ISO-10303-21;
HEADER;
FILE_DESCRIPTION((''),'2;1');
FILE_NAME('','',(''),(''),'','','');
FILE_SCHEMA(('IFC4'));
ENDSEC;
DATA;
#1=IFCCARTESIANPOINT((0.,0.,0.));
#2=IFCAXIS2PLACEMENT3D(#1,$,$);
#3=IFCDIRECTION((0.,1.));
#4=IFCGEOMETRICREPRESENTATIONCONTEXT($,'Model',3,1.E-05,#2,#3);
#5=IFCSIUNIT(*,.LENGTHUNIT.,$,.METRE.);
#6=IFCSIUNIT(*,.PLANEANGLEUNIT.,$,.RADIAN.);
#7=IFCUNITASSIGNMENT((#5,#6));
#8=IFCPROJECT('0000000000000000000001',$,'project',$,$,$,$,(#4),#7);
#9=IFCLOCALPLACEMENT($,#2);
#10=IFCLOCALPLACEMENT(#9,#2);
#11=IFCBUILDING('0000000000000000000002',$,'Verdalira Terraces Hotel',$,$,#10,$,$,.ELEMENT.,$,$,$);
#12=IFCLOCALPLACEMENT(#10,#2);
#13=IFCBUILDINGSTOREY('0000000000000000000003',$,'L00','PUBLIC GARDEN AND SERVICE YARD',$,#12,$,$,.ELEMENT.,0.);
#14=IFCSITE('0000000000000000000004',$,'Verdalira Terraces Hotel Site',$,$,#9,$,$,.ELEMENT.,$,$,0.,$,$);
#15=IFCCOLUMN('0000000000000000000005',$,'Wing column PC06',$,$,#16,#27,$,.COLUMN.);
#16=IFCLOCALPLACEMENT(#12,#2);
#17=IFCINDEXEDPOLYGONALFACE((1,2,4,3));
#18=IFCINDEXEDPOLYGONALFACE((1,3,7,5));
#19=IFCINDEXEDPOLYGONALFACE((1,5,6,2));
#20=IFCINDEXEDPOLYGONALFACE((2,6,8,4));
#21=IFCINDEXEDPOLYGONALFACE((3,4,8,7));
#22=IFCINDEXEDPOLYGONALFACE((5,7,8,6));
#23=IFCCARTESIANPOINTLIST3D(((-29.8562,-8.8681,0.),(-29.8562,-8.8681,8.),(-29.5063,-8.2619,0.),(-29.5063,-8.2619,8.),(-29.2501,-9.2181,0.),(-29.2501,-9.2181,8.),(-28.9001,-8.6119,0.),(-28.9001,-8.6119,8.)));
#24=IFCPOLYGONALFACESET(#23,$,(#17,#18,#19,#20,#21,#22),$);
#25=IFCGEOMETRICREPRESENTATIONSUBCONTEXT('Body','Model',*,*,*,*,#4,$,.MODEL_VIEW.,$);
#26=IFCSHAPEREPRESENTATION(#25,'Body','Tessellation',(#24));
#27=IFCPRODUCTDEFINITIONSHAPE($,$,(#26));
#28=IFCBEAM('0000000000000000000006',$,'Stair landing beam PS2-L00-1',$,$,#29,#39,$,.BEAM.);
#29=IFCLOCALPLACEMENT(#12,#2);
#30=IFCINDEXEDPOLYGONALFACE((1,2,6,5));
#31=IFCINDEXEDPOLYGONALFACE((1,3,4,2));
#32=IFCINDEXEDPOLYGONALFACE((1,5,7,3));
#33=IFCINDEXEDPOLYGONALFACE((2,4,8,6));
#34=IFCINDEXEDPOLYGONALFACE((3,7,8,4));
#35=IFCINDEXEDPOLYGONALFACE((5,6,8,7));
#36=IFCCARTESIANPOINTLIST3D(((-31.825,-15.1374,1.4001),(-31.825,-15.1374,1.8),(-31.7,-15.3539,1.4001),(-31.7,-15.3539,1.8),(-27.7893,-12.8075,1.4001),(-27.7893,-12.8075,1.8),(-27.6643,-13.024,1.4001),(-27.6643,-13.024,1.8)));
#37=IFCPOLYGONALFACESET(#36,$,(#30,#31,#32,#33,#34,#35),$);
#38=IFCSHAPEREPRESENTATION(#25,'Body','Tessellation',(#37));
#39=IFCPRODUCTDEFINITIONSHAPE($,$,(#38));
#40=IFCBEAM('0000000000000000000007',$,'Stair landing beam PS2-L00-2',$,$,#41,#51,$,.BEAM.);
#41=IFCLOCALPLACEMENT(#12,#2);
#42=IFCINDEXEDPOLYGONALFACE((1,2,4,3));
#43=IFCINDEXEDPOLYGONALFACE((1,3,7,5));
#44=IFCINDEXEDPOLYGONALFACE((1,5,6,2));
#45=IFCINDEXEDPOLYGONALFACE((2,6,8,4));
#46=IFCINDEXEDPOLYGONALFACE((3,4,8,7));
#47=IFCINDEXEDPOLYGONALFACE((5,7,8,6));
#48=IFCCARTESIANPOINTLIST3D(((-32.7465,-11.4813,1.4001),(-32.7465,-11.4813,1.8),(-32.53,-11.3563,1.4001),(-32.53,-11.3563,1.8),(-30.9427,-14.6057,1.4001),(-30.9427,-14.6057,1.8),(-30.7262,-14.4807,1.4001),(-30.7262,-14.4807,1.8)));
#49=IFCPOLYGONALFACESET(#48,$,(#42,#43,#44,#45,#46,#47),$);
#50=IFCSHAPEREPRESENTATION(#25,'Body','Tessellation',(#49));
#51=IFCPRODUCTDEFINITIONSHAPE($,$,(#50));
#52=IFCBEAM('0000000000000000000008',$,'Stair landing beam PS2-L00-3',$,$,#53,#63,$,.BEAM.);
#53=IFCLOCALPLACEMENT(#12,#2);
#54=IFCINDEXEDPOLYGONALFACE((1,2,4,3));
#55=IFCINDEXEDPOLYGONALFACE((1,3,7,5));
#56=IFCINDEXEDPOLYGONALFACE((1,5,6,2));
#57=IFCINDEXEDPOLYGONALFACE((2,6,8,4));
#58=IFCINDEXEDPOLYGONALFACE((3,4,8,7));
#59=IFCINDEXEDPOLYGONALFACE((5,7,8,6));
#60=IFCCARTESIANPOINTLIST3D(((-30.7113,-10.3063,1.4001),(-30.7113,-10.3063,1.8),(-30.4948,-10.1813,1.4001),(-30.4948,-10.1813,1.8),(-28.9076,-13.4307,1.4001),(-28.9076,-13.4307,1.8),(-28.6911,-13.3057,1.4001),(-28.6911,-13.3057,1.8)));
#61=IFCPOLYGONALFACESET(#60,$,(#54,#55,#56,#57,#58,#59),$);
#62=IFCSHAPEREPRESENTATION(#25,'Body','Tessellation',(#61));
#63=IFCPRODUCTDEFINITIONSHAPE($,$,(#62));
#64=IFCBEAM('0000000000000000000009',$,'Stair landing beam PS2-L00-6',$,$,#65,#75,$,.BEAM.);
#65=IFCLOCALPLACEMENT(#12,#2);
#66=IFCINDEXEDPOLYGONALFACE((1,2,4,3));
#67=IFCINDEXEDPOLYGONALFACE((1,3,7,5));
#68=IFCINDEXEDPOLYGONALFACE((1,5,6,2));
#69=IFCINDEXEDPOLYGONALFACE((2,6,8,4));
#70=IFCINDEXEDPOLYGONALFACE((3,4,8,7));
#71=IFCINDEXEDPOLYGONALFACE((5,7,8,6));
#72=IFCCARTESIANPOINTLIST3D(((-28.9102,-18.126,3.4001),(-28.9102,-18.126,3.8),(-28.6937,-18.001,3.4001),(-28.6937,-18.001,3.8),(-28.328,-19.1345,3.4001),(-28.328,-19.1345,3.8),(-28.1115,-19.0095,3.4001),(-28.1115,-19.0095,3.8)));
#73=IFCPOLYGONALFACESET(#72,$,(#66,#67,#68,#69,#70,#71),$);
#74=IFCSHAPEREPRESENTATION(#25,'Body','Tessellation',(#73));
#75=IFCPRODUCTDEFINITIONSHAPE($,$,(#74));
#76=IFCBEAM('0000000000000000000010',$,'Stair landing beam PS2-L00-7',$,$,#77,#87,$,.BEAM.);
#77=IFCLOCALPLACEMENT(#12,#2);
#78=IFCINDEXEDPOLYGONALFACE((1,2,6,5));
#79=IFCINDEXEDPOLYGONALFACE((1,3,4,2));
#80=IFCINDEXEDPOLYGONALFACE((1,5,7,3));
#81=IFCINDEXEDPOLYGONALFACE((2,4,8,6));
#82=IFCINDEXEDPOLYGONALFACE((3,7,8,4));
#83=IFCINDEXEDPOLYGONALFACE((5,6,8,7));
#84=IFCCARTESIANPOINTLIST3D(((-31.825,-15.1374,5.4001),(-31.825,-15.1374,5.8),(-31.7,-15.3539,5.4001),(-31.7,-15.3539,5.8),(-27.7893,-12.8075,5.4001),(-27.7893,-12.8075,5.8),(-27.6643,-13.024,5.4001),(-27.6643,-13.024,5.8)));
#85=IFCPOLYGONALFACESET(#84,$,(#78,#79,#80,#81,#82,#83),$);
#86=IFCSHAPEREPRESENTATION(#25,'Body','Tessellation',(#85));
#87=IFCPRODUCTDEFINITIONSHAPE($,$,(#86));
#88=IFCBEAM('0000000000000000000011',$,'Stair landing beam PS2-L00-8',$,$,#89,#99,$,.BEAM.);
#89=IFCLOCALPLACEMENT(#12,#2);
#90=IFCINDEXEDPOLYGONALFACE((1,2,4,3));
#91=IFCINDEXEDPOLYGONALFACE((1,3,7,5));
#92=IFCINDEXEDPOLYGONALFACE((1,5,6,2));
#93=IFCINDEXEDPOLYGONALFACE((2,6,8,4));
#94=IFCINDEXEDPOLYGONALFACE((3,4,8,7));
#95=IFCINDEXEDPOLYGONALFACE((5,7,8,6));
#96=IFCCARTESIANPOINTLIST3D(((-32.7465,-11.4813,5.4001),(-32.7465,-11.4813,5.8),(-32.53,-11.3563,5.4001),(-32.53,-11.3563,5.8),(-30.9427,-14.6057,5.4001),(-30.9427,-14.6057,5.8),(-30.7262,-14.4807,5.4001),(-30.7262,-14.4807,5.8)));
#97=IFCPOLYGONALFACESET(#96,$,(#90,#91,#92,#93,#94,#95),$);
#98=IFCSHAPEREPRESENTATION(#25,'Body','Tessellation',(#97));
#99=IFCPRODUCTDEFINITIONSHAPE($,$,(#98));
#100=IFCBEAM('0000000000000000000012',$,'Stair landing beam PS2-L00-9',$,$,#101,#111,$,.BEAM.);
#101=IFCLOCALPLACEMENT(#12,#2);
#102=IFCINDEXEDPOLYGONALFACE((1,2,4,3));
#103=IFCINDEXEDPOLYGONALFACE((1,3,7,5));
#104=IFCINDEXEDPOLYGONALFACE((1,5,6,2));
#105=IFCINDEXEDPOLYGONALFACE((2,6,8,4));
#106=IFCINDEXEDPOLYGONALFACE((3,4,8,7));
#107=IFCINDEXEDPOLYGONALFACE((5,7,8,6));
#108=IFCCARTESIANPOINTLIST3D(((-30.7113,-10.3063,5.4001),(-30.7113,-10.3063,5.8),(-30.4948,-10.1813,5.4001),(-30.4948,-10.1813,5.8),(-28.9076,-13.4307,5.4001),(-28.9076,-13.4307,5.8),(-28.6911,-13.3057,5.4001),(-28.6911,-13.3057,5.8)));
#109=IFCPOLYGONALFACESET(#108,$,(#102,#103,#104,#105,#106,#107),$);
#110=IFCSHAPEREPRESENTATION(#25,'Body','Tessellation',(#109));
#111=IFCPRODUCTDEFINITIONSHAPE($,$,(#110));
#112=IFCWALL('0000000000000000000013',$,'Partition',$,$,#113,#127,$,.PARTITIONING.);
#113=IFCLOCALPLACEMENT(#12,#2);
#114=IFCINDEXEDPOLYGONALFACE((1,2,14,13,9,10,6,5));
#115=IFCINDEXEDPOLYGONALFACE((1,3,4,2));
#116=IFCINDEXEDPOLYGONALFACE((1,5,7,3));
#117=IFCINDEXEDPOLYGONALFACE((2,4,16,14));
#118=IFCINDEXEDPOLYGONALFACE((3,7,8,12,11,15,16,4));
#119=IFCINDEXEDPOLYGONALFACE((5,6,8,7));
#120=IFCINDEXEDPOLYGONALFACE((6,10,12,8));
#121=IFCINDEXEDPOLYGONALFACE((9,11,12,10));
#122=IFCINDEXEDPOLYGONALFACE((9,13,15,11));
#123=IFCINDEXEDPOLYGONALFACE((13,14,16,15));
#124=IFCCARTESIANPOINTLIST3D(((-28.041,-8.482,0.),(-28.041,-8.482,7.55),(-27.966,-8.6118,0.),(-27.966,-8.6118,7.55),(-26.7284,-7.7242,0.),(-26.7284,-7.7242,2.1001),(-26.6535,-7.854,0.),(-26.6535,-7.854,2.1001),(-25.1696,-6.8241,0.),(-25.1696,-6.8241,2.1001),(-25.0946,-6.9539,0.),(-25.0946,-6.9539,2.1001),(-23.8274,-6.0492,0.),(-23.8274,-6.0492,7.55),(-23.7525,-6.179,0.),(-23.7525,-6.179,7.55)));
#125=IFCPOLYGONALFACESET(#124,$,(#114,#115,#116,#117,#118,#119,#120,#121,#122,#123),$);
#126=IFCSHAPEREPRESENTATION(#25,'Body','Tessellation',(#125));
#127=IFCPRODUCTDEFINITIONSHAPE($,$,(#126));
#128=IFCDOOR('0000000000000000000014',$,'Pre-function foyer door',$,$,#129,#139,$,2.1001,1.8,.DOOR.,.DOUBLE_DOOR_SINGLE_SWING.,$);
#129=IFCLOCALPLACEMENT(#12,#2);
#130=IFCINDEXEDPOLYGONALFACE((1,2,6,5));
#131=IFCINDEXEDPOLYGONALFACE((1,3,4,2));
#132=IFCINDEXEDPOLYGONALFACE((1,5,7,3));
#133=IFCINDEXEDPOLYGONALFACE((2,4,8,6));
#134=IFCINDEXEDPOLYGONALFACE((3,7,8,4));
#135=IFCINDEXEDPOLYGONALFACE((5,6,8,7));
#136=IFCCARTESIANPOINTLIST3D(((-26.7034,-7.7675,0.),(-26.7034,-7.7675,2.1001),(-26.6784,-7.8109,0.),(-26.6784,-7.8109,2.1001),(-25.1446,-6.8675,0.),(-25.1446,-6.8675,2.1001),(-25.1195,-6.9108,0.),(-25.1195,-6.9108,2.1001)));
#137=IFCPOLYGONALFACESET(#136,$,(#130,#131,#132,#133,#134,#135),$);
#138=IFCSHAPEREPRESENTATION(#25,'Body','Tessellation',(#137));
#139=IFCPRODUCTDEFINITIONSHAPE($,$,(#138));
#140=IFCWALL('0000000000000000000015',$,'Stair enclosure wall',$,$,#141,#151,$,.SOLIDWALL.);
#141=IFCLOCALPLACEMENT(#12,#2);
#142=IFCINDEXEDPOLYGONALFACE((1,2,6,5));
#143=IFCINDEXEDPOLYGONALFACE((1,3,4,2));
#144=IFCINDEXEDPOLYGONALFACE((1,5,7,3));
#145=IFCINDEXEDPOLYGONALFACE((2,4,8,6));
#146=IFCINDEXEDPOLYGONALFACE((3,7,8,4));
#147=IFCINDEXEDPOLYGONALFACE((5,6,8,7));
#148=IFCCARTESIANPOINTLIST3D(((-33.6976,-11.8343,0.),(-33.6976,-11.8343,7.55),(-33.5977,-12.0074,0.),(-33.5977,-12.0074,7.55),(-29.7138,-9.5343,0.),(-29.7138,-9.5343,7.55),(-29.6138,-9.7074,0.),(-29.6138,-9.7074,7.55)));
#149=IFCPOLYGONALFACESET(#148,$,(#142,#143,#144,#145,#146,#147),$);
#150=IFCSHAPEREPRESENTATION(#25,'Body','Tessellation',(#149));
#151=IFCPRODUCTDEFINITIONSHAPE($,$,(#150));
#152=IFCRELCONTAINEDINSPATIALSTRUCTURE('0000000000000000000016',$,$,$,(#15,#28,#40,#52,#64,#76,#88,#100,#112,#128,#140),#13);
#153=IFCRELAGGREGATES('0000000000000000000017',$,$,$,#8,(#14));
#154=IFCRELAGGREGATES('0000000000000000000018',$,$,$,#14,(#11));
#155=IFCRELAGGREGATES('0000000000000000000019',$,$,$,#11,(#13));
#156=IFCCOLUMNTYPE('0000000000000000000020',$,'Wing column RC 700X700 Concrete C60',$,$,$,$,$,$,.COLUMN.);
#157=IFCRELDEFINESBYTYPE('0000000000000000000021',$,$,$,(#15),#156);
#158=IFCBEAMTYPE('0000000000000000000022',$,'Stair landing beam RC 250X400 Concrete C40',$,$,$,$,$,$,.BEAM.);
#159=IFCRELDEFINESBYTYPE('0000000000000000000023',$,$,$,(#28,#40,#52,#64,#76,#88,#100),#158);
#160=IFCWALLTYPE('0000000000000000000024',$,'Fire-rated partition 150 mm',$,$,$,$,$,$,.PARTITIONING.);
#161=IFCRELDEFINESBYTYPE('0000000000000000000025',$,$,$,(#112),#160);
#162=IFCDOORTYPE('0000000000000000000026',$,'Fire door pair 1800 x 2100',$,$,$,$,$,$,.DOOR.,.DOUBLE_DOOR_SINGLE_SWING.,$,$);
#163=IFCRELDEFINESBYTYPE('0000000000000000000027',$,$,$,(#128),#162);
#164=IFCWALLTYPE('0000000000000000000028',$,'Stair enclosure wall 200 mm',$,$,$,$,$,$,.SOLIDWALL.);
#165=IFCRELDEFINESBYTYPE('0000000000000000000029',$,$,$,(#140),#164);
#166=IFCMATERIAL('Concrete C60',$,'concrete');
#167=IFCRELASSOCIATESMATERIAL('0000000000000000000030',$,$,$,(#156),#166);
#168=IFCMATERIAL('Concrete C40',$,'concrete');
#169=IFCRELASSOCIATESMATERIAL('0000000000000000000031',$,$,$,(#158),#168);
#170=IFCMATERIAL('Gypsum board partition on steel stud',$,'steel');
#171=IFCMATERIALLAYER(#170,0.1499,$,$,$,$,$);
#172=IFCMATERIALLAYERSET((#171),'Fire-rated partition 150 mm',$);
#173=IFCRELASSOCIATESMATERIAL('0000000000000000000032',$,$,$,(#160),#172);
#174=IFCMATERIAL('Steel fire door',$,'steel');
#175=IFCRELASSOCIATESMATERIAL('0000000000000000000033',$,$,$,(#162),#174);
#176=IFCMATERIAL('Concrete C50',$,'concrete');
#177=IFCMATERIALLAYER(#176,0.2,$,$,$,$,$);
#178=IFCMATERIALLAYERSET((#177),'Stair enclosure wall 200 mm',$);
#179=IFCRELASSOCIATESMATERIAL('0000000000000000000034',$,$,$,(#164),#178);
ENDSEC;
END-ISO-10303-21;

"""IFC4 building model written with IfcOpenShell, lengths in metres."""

from ifc_helpers import new_model, si_unit, direction, frame, frame_2d, origin, origin_2d, place, context, subcontext, project, spatial, rectangle, extrude, material, layer, layer_set, material_profile, profile_set, type_object, element, fill, save


model = new_model("IFC4")

# Units and contexts
model_context = context("Model", 3, precision=1e-05, world=origin(), true_north=direction((0.0, 1.0)))
body_context = subcontext(model_context, "Body", "Model", "MODEL_VIEW")
ifc_project = project(units=[si_unit("LENGTHUNIT", "METRE"), si_unit("PLANEANGLEUNIT", "RADIAN")], contexts=[model_context])

# Site, building, storey
site_placement = place(None, origin())
site = spatial("IfcSite", under=ifc_project, at=site_placement, Name="Verdalira Terraces Hotel Site", CompositionType="ELEMENT", RefElevation=0.0)
building_placement = place(site_placement, origin())
building = spatial("IfcBuilding", under=site, at=building_placement, Name="Verdalira Terraces Hotel", CompositionType="ELEMENT")
storey_placement = place(building_placement, origin())
storey = spatial("IfcBuildingStorey", under=building, at=storey_placement, Name="L00", Description="PUBLIC GARDEN AND SERVICE YARD", CompositionType="ELEMENT", Elevation=0.0)

# Column
ifc_material_1 = material(Name="Concrete C60", Category="concrete")
ifc_material_profile_1 = material_profile(ifc_material_1, rectangle(XDim=0.7, YDim=0.7, at=origin_2d()), Name="RC 700X700")
ifc_profile_set_1 = profile_set([ifc_material_profile_1], Name="Concrete C60")
column_type = type_object("IfcColumnType", Name="Wing column RC 700X700 Concrete C60", PredefinedType="COLUMN", material=ifc_profile_set_1)
column_placement = place(storey_placement, frame((-29.3782, -8.74, 0.0), z_axis=(0.0, 0.0, 1.0), x_axis=(-0.866025, 0.5, 0.0)))
element("IfcColumn", 1, at=column_placement, inside=storey, type_object=column_type, Name="Wing column PC06", PredefinedType="COLUMN", context=body_context, shape_type="SweptSolid", body=[
    extrude(rectangle(XDim=0.7, YDim=0.7, at=origin_2d()), origin(), (0.0, 0.0, 1.0), 8.0),
])

# Beams
ifc_material_2 = material(Name="Concrete C40", Category="concrete")
ifc_material_profile_2 = material_profile(ifc_material_2, rectangle(XDim=0.25, YDim=0.3999, at=origin_2d()), Name="RC 250X400")
ifc_profile_set_2 = profile_set([ifc_material_profile_2], Name="Concrete C40")
beam_type = type_object("IfcBeamType", Name="Stair landing beam RC 250X400 Concrete C40", PredefinedType="BEAM", material=ifc_profile_set_2)
beam_1_placement = place(storey_placement, frame((-27.7268, -12.9158, 1.6001), z_axis=(-0.866039, -0.499976, 0.0), x_axis=(0.499976, -0.866039, 0.0)))
element("IfcBeam", 2, at=beam_1_placement, inside=storey, type_object=beam_type, Name="Stair landing beam PS2-L00-1", PredefinedType="BEAM", context=body_context, shape_type="SweptSolid", body=[
    extrude(rectangle(XDim=0.25, YDim=0.3999, at=origin_2d()), origin(), (0.0, 0.0, 1.0), 4.6599),
])
for number, where, z_axis, x_axis, name in (
    (3, (-30.8345, -14.5432, 1.6001), (-0.499982, 0.866036, 0.0), (-0.866036, -0.499982, 0.0), "Stair landing beam PS2-L00-2"),
    (4, (-28.7993, -13.3682, 1.6001), (-0.499982, 0.866036, 0.0), (-0.866036, -0.499982, 0.0), "Stair landing beam PS2-L00-3"),
):
    element("IfcBeam", number, at=place(storey_placement, frame(where, z_axis=z_axis, x_axis=x_axis)), inside=storey, type_object=beam_type, Name=name, PredefinedType="BEAM", context=body_context, shape_type="SweptSolid", body=[
        extrude(rectangle(XDim=0.25, YDim=0.3999, at=origin_2d()), origin(), (0.0, 0.0, 1.0), 3.6077),
    ])
beam_2_placement = place(storey_placement, frame((-28.2197, -19.072, 3.6001), z_axis=(-0.499995, 0.866028, 0.0), x_axis=(-0.866028, -0.499995, 0.0)))
element("IfcBeam", 5, at=beam_2_placement, inside=storey, type_object=beam_type, Name="Stair landing beam PS2-L00-6", PredefinedType="BEAM", context=body_context, shape_type="SweptSolid", body=[
    extrude(rectangle(XDim=0.25, YDim=0.3999, at=origin_2d()), origin(), (0.0, 0.0, 1.0), 1.1646),
])
beam_3_placement = place(storey_placement, frame((-27.7268, -12.9158, 5.6001), z_axis=(-0.866039, -0.499976, 0.0), x_axis=(0.499976, -0.866039, 0.0)))
element("IfcBeam", 6, at=beam_3_placement, inside=storey, type_object=beam_type, Name="Stair landing beam PS2-L00-7", PredefinedType="BEAM", context=body_context, shape_type="SweptSolid", body=[
    extrude(rectangle(XDim=0.25, YDim=0.3999, at=origin_2d()), origin(), (0.0, 0.0, 1.0), 4.6599),
])
for number, where, z_axis, x_axis, name in (
    (7, (-30.8345, -14.5432, 5.6001), (-0.499982, 0.866036, 0.0), (-0.866036, -0.499982, 0.0), "Stair landing beam PS2-L00-8"),
    (8, (-28.7993, -13.3682, 5.6001), (-0.499982, 0.866036, 0.0), (-0.866036, -0.499982, 0.0), "Stair landing beam PS2-L00-9"),
):
    element("IfcBeam", number, at=place(storey_placement, frame(where, z_axis=z_axis, x_axis=x_axis)), inside=storey, type_object=beam_type, Name=name, PredefinedType="BEAM", context=body_context, shape_type="SweptSolid", body=[
        extrude(rectangle(XDim=0.25, YDim=0.3999, at=origin_2d()), origin(), (0.0, 0.0, 1.0), 3.6077),
    ])

# Wall, opening, door
ifc_material_3 = material(Name="Gypsum board partition on steel stud", Category="steel")
ifc_layer_1 = layer(ifc_material_3, 0.1499)
ifc_layer_set_1 = layer_set([ifc_layer_1], Name="Fire-rated partition 150 mm")
wall_type_1 = type_object("IfcWallType", Name="Fire-rated partition 150 mm", PredefinedType="PARTITIONING", material=ifc_layer_set_1)
wall_1_placement = place(storey_placement, frame((-28.0034, -8.5469, 0.0), z_axis=(0.0, 0.0, 1.0), x_axis=(0.866014, 0.500019, 0.0)))
wall_1 = element("IfcWall", 9, at=wall_1_placement, inside=storey, type_object=wall_type_1, Name="Partition", PredefinedType="PARTITIONING", context=body_context, shape_type="SweptSolid", body=[
    extrude(rectangle(XDim=4.8655, YDim=0.1499, at=frame_2d((2.4326, 0.0))), origin(), (0.0, 0.0, 1.0), 7.55),
])
opening_placement = place(wall_1_placement, frame((1.5156, 0.0, 0.0)))
opening = element("IfcOpeningElement", 10, at=opening_placement, cuts=wall_1, PredefinedType="OPENING", context=body_context, shape_type="SweptSolid", body=[
    extrude(rectangle(XDim=1.8, YDim=2.1001, at=frame_2d((0.8999, 1.05))), frame((0.0, 0.085, 0.0), z_axis=(0.0, -1.0, 0.0), x_axis=(1.0, 0.0, 0.0)), (0.0, 0.0, 1.0), 0.1699),
])
ifc_material_4 = material(Name="Steel fire door", Category="steel")
door_type = type_object("IfcDoorType", Name="Fire door pair 1800 x 2100", OperationType="DOUBLE_DOOR_SINGLE_SWING", PredefinedType="DOOR", material=ifc_material_4)
door_placement = place(opening_placement, origin())
door = element("IfcDoor", 11, at=door_placement, inside=storey, type_object=door_type, Name="Pre-function foyer door", OperationType="DOUBLE_DOOR_SINGLE_SWING", OverallHeight=2.1001, OverallWidth=1.8, PredefinedType="DOOR", context=body_context, shape_type="SweptSolid", body=[
    extrude(rectangle(XDim=1.8, YDim=2.1001, at=frame_2d((0.8999, 1.05))), frame((0.0, 0.0249, 0.0), z_axis=(0.0, -1.0, 0.0), x_axis=(1.0, 0.0, 0.0)), (0.0, 0.0, 1.0), 0.05),
])
fill(opening, door)

# Wall
ifc_material_5 = material(Name="Concrete C50", Category="concrete")
ifc_layer_2 = layer(ifc_material_5, 0.2)
ifc_layer_set_2 = layer_set([ifc_layer_2], Name="Stair enclosure wall 200 mm")
wall_type_2 = type_object("IfcWallType", Name="Stair enclosure wall 200 mm", PredefinedType="SOLIDWALL", material=ifc_layer_set_2)
wall_2_placement = place(storey_placement, frame((-29.6638, -9.6209, 0.0), z_axis=(0.0, 0.0, 1.0), x_axis=(-0.86603, -0.499992, 0.0)))
element("IfcWall", 12, at=wall_2_placement, inside=storey, type_object=wall_type_2, Name="Stair enclosure wall", PredefinedType="SOLIDWALL", context=body_context, shape_type="SweptSolid", body=[
    extrude(rectangle(XDim=4.6001, YDim=0.2, at=frame_2d((2.3, 0.0))), origin(), (0.0, 0.0, 1.0), 7.55),
])

save(model, "model.ifc")
